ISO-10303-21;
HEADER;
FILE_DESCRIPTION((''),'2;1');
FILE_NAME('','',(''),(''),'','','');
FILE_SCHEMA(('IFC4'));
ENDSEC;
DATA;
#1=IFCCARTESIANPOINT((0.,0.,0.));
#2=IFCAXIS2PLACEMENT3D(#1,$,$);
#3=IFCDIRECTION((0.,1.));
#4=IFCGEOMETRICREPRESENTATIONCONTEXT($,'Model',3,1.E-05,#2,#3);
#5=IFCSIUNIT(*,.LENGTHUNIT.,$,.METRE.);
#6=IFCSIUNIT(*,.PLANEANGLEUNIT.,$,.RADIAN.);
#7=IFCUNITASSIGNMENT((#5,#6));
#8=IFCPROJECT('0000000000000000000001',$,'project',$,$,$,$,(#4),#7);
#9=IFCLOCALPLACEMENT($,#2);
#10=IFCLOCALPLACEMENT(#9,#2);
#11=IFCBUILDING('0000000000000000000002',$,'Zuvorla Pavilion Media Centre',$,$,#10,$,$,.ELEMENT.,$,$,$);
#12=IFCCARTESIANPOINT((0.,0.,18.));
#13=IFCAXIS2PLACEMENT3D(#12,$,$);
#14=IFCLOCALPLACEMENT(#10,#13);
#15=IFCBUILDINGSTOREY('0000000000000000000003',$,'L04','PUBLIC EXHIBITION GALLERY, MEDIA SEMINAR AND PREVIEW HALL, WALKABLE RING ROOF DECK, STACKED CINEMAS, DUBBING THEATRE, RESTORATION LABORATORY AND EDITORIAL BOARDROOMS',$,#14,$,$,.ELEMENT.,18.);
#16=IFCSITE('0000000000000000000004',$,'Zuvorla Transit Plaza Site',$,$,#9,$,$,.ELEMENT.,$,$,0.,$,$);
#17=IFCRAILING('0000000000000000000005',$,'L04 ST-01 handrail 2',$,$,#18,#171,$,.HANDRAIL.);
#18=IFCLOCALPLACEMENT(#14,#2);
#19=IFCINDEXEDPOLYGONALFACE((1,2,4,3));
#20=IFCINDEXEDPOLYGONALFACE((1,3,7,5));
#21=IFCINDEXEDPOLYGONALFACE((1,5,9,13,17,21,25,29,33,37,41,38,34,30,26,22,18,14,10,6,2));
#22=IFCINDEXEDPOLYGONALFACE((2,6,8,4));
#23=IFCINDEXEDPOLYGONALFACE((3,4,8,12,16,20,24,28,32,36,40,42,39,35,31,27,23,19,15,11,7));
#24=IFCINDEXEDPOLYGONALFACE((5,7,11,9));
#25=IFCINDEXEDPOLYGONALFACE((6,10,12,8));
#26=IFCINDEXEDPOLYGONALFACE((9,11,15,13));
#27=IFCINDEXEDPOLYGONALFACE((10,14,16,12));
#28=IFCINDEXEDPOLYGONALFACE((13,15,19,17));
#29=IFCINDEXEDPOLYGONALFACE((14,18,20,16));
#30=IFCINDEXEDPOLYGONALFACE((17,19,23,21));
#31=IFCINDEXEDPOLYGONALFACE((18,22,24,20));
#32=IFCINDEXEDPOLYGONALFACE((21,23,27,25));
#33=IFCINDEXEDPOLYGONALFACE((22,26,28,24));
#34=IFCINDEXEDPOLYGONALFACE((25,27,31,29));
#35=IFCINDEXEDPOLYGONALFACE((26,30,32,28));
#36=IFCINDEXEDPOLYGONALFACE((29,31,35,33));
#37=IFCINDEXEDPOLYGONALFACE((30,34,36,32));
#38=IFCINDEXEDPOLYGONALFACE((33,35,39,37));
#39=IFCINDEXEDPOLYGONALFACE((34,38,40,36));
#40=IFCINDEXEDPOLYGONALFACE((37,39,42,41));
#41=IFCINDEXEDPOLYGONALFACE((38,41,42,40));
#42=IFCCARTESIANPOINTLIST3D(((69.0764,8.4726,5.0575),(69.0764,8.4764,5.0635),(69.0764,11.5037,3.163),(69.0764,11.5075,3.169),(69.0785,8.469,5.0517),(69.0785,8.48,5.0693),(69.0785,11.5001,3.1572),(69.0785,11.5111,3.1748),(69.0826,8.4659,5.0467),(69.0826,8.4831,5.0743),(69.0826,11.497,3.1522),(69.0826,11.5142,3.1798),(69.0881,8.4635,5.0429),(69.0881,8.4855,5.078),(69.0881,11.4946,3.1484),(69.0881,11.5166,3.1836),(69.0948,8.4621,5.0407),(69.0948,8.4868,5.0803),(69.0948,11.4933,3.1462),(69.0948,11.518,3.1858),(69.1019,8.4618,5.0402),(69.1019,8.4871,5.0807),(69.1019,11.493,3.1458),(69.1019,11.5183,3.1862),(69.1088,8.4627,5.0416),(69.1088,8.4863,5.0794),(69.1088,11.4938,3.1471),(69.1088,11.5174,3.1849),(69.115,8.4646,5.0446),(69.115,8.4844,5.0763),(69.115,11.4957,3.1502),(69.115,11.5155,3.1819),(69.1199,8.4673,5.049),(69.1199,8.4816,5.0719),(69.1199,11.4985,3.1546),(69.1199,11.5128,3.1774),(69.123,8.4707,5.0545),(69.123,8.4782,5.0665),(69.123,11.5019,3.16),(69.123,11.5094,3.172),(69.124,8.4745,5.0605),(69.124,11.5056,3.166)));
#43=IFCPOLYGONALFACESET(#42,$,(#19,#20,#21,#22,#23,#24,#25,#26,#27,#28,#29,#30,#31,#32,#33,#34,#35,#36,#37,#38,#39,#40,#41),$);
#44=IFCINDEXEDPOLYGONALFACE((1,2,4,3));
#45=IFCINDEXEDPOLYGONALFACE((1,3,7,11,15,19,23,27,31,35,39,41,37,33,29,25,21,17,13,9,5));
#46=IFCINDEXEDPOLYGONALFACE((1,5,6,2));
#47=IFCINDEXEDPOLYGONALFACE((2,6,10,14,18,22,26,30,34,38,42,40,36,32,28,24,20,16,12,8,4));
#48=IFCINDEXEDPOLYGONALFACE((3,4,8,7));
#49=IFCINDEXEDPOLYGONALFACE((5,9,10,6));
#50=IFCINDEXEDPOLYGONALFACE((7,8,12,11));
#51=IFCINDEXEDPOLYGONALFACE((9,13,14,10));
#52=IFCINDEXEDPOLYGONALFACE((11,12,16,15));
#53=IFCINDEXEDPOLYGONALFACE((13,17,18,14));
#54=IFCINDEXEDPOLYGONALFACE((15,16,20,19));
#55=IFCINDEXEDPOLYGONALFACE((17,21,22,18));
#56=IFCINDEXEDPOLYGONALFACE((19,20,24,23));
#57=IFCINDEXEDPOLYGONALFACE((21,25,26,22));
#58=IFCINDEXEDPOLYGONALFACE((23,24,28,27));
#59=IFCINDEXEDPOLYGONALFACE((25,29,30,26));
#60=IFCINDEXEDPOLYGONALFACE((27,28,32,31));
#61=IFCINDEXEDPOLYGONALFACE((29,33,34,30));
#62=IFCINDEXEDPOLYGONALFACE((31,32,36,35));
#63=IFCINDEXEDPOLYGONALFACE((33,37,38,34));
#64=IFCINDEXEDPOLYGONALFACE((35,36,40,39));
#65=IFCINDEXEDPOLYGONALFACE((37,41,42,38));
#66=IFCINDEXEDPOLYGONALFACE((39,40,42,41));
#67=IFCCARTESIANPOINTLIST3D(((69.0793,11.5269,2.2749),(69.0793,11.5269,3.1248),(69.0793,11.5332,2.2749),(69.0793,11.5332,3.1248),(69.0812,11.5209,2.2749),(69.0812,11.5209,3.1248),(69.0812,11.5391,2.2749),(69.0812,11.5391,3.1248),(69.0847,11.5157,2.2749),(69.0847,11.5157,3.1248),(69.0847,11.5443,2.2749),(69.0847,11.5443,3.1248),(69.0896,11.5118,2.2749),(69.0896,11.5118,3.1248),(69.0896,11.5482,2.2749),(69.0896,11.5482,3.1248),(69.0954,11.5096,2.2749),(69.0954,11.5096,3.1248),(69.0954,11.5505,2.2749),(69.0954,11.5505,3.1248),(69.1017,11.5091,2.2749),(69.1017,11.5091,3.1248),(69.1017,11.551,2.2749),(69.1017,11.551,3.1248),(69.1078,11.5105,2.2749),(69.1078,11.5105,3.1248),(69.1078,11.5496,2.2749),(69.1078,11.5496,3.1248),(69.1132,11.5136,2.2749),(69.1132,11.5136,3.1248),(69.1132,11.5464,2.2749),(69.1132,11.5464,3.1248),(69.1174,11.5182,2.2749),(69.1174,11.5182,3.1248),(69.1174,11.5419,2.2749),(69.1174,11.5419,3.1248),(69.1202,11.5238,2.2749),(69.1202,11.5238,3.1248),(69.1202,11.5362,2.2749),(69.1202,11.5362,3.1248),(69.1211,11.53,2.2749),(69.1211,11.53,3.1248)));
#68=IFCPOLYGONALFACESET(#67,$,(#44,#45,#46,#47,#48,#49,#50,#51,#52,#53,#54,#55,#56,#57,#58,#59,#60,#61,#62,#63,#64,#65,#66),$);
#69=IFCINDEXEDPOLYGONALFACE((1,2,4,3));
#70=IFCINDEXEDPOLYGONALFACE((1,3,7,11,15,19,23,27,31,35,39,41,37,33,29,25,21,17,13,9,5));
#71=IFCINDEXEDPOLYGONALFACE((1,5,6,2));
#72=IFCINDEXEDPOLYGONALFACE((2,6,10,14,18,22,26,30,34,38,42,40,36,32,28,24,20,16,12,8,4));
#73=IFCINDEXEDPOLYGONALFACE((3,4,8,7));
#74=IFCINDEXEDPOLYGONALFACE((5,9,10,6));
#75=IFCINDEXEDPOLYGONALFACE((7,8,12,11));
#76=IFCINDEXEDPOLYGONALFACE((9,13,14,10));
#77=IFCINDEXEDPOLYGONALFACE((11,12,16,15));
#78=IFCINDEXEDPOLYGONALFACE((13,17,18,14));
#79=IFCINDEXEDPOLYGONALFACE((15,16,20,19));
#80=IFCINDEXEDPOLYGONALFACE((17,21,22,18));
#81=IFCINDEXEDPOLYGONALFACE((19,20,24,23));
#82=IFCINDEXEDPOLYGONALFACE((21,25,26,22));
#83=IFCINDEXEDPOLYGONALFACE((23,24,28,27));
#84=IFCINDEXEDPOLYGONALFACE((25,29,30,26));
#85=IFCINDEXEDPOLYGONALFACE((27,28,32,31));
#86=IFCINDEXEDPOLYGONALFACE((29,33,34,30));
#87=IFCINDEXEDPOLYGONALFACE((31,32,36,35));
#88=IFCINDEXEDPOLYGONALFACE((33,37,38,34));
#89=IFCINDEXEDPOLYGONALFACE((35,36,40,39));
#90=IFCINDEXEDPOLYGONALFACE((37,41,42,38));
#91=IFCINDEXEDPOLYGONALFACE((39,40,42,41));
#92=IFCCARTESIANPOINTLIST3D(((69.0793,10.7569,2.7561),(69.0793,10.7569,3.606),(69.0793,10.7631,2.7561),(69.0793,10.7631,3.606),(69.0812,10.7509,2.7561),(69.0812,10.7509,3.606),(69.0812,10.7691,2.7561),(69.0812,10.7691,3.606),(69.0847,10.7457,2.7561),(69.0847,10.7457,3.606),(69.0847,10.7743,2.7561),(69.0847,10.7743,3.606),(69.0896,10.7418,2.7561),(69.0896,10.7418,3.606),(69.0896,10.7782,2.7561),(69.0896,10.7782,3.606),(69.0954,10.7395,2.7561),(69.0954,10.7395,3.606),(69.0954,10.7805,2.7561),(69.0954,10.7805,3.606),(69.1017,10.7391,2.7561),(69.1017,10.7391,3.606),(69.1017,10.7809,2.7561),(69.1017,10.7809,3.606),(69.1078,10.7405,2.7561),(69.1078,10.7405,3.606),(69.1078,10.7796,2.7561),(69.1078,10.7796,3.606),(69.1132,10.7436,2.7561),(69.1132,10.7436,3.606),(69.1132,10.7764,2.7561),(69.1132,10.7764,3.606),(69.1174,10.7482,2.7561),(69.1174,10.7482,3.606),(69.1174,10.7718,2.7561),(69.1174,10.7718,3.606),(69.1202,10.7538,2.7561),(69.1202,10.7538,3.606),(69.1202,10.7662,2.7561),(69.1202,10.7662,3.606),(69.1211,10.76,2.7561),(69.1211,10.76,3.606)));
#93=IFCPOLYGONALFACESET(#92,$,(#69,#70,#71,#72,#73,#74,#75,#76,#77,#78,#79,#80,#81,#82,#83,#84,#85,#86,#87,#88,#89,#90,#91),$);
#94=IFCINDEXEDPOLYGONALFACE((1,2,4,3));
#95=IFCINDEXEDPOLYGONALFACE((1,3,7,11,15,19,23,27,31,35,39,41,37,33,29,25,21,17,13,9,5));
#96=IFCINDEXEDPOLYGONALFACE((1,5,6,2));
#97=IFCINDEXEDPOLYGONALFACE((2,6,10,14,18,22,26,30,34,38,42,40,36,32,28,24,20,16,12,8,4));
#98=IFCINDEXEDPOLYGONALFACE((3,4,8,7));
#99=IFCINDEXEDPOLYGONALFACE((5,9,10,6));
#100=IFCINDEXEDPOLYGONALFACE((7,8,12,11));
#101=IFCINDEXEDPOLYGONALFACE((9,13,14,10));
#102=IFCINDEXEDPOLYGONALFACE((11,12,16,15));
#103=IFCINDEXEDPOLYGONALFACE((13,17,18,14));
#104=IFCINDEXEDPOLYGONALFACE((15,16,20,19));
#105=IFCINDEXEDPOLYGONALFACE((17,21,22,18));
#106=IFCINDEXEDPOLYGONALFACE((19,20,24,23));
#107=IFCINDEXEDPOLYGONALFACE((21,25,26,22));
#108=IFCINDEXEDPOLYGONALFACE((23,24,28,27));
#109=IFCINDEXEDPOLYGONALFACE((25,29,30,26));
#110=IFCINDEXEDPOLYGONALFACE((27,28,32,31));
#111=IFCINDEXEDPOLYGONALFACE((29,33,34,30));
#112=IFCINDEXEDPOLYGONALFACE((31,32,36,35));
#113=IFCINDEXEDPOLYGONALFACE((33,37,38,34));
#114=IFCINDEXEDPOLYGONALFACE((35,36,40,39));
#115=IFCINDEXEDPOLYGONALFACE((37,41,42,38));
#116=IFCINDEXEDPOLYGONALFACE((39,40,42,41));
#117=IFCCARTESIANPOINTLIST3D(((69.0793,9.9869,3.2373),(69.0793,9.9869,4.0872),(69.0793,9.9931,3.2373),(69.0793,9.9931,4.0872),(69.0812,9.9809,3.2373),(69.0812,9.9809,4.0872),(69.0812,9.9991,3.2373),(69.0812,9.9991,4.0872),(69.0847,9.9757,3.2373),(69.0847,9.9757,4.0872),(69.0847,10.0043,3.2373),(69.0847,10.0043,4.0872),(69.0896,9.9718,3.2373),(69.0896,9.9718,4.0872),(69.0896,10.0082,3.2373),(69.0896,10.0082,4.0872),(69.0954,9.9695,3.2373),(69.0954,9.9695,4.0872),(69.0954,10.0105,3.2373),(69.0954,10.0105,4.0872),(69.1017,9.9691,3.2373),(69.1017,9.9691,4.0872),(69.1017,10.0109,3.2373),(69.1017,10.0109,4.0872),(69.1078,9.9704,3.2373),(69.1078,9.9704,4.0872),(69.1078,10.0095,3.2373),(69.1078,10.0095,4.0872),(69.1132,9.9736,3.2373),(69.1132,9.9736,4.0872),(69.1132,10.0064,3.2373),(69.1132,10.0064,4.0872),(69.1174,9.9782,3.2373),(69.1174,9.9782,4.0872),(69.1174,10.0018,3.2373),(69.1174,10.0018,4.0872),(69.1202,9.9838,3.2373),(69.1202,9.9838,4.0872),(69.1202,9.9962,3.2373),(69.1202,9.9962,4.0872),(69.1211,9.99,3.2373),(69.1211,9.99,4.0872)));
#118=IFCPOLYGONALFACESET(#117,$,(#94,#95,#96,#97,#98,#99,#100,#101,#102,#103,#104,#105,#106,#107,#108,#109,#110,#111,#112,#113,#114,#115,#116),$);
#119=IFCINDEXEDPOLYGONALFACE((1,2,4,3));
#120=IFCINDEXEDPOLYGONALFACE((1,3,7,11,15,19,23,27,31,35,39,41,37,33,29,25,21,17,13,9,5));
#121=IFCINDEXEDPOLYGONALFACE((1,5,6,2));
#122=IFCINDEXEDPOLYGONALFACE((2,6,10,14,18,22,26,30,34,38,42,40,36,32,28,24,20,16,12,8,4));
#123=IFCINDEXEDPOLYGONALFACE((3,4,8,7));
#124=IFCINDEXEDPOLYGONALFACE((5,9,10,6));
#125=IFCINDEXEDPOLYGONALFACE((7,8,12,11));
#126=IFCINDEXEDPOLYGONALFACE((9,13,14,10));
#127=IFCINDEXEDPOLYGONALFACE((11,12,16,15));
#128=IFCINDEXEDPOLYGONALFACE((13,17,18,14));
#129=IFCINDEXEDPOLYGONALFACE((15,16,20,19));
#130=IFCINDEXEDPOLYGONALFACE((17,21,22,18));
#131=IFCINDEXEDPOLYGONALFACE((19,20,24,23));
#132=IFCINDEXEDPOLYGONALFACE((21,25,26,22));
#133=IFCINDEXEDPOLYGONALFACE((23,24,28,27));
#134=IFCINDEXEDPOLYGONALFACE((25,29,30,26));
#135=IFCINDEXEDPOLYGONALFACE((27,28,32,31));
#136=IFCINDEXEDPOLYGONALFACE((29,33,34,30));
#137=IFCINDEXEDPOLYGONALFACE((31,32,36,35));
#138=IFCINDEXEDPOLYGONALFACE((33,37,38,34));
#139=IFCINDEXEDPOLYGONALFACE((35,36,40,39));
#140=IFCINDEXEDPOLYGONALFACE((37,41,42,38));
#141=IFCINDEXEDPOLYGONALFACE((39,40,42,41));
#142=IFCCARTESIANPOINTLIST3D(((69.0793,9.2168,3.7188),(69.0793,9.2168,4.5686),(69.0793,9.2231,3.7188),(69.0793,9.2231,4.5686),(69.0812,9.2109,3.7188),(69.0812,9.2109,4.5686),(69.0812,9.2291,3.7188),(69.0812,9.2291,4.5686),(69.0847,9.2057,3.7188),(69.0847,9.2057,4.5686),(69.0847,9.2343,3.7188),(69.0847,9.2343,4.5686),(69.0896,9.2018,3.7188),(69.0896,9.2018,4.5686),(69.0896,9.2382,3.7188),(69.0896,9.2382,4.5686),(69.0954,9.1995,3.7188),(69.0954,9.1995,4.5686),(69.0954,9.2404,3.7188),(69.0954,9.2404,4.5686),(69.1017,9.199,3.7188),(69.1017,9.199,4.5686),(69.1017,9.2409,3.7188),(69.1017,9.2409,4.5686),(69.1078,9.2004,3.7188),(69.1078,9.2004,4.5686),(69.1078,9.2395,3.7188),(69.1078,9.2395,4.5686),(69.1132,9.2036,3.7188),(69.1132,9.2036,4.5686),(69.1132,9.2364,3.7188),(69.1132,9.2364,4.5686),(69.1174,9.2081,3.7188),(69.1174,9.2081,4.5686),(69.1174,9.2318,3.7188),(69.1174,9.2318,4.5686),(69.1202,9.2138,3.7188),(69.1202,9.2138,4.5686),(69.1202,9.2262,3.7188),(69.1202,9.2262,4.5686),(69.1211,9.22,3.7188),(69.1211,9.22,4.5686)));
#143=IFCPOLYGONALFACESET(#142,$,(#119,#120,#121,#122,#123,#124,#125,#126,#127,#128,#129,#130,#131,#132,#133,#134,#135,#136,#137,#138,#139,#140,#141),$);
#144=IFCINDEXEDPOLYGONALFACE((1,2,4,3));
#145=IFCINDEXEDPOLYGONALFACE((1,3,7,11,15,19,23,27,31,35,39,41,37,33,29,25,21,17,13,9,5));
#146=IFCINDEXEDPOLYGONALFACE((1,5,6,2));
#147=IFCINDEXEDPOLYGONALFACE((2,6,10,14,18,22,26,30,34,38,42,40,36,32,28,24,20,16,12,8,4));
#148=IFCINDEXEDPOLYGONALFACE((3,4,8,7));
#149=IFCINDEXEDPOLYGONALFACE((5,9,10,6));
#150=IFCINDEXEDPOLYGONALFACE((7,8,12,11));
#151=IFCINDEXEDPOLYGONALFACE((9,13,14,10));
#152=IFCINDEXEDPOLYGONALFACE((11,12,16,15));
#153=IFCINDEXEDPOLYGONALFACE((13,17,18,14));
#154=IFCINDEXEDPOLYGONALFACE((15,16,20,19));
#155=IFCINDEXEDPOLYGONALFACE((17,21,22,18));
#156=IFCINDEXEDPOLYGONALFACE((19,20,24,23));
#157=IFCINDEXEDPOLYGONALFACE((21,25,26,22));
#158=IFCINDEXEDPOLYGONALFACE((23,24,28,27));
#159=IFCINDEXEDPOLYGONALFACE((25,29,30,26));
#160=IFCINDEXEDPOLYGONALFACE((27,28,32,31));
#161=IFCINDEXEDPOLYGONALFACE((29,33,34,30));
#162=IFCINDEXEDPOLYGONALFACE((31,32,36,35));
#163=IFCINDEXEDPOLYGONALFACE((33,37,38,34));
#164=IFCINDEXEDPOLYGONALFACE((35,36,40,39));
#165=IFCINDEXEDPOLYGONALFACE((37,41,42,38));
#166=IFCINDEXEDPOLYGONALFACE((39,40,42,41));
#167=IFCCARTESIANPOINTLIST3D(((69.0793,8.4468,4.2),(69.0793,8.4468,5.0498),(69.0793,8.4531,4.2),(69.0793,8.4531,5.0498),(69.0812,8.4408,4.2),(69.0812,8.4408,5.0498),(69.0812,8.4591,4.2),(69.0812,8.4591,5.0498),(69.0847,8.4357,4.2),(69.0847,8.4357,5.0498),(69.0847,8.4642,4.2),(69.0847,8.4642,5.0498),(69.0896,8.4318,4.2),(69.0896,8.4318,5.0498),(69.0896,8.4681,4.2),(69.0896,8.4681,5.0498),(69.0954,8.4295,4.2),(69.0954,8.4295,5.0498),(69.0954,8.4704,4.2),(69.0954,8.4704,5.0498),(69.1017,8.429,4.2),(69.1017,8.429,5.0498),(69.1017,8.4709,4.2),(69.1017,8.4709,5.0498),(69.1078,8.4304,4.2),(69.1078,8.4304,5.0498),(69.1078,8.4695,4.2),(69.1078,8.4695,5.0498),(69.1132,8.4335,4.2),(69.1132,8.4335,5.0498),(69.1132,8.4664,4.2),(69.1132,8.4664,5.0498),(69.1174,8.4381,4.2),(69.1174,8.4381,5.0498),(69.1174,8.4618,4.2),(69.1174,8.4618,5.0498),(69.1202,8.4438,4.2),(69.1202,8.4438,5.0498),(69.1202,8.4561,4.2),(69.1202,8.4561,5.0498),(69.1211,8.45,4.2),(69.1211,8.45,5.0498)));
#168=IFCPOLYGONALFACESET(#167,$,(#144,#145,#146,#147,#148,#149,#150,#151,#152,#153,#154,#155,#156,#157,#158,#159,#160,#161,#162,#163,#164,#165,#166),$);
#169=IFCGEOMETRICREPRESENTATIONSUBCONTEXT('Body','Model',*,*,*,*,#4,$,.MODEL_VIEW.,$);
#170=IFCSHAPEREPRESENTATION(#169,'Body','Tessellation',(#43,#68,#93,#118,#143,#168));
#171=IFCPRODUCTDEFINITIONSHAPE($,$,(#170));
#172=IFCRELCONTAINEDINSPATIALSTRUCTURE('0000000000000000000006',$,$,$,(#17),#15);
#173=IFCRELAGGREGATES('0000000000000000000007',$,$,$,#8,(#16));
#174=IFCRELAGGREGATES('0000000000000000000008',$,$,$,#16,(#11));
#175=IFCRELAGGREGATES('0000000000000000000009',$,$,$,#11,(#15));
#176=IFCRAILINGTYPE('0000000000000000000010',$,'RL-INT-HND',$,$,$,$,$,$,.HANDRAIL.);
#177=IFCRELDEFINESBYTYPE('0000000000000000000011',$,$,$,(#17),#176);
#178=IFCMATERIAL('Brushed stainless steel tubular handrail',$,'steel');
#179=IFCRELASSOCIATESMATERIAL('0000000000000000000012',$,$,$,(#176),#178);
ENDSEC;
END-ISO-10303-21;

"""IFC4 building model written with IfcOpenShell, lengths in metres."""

from ifc_helpers import new_model, si_unit, direction, frame, origin, origin_2d, place, context, subcontext, project, spatial, circle, extrude, material, type_object, element, save


model = new_model("IFC4")

# Units and contexts
model_context = context("Model", 3, precision=1e-05, world=origin(), true_north=direction((0.0, 1.0)))
body_context = subcontext(model_context, "Body", "Model", "MODEL_VIEW")
ifc_project = project(units=[si_unit("LENGTHUNIT", "METRE"), si_unit("PLANEANGLEUNIT", "RADIAN")], contexts=[model_context])

# Site, building, storey
site_placement = place(None, origin())
site = spatial("IfcSite", under=ifc_project, at=site_placement, Name="Zuvorla Transit Plaza Site", CompositionType="ELEMENT", RefElevation=0.0)
building_placement = place(site_placement, origin())
building = spatial("IfcBuilding", under=site, at=building_placement, Name="Zuvorla Pavilion Media Centre", CompositionType="ELEMENT")
storey_placement = place(building_placement, frame((0.0, 0.0, 18.0)))
storey = spatial("IfcBuildingStorey", under=building, at=storey_placement, Name="L04", Description="PUBLIC EXHIBITION GALLERY, MEDIA SEMINAR AND PREVIEW HALL, WALKABLE RING ROOF DECK, STACKED CINEMAS, DUBBING THEATRE, RESTORATION LABORATORY AND EDITORIAL BOARDROOMS", CompositionType="ELEMENT", Elevation=18.0)

# Railing
ifc_material_1 = material(Name="Brushed stainless steel tubular handrail", Category="steel")
railing_type_1 = type_object("IfcRailingType", Name="RL-INT-HND", PredefinedType="HANDRAIL", material=ifc_material_1)
railing_1_placement = place(storey_placement, frame((69.1001, 11.53, 2.2749)))
element("IfcRailing", 1, at=railing_1_placement, inside=storey, type_object=railing_type_1, Name="L04 ST-01 handrail 2", PredefinedType="HANDRAIL", context=body_context, shape_type="SweptSolid", body=[
    extrude(circle(Radius=0.0239, at=origin_2d()), frame((0.0, -0.0244, 0.8911), z_axis=(0.0, -0.847998, 0.529999), x_axis=(1.0, 0.0, 0.0)), (0.0, 0.0, 1.0), 3.5745),
    extrude(circle(Radius=0.021, at=origin_2d()), origin(), (0.0, 0.0, 1.0), 0.8499),
    extrude(circle(Radius=0.021, at=origin_2d()), frame((0.0, -0.77, 0.4812)), (0.0, 0.0, 1.0), 0.8499),
    extrude(circle(Radius=0.021, at=origin_2d()), frame((0.0, -1.54, 0.9624)), (0.0, 0.0, 1.0), 0.8499),
    extrude(circle(Radius=0.021, at=origin_2d()), frame((0.0, -2.3101, 1.4438)), (0.0, 0.0, 1.0), 0.8499),
    extrude(circle(Radius=0.021, at=origin_2d()), frame((0.0, -3.0801, 1.925)), (0.0, 0.0, 1.0), 0.8499),
])

save(model, "model.ifc")
